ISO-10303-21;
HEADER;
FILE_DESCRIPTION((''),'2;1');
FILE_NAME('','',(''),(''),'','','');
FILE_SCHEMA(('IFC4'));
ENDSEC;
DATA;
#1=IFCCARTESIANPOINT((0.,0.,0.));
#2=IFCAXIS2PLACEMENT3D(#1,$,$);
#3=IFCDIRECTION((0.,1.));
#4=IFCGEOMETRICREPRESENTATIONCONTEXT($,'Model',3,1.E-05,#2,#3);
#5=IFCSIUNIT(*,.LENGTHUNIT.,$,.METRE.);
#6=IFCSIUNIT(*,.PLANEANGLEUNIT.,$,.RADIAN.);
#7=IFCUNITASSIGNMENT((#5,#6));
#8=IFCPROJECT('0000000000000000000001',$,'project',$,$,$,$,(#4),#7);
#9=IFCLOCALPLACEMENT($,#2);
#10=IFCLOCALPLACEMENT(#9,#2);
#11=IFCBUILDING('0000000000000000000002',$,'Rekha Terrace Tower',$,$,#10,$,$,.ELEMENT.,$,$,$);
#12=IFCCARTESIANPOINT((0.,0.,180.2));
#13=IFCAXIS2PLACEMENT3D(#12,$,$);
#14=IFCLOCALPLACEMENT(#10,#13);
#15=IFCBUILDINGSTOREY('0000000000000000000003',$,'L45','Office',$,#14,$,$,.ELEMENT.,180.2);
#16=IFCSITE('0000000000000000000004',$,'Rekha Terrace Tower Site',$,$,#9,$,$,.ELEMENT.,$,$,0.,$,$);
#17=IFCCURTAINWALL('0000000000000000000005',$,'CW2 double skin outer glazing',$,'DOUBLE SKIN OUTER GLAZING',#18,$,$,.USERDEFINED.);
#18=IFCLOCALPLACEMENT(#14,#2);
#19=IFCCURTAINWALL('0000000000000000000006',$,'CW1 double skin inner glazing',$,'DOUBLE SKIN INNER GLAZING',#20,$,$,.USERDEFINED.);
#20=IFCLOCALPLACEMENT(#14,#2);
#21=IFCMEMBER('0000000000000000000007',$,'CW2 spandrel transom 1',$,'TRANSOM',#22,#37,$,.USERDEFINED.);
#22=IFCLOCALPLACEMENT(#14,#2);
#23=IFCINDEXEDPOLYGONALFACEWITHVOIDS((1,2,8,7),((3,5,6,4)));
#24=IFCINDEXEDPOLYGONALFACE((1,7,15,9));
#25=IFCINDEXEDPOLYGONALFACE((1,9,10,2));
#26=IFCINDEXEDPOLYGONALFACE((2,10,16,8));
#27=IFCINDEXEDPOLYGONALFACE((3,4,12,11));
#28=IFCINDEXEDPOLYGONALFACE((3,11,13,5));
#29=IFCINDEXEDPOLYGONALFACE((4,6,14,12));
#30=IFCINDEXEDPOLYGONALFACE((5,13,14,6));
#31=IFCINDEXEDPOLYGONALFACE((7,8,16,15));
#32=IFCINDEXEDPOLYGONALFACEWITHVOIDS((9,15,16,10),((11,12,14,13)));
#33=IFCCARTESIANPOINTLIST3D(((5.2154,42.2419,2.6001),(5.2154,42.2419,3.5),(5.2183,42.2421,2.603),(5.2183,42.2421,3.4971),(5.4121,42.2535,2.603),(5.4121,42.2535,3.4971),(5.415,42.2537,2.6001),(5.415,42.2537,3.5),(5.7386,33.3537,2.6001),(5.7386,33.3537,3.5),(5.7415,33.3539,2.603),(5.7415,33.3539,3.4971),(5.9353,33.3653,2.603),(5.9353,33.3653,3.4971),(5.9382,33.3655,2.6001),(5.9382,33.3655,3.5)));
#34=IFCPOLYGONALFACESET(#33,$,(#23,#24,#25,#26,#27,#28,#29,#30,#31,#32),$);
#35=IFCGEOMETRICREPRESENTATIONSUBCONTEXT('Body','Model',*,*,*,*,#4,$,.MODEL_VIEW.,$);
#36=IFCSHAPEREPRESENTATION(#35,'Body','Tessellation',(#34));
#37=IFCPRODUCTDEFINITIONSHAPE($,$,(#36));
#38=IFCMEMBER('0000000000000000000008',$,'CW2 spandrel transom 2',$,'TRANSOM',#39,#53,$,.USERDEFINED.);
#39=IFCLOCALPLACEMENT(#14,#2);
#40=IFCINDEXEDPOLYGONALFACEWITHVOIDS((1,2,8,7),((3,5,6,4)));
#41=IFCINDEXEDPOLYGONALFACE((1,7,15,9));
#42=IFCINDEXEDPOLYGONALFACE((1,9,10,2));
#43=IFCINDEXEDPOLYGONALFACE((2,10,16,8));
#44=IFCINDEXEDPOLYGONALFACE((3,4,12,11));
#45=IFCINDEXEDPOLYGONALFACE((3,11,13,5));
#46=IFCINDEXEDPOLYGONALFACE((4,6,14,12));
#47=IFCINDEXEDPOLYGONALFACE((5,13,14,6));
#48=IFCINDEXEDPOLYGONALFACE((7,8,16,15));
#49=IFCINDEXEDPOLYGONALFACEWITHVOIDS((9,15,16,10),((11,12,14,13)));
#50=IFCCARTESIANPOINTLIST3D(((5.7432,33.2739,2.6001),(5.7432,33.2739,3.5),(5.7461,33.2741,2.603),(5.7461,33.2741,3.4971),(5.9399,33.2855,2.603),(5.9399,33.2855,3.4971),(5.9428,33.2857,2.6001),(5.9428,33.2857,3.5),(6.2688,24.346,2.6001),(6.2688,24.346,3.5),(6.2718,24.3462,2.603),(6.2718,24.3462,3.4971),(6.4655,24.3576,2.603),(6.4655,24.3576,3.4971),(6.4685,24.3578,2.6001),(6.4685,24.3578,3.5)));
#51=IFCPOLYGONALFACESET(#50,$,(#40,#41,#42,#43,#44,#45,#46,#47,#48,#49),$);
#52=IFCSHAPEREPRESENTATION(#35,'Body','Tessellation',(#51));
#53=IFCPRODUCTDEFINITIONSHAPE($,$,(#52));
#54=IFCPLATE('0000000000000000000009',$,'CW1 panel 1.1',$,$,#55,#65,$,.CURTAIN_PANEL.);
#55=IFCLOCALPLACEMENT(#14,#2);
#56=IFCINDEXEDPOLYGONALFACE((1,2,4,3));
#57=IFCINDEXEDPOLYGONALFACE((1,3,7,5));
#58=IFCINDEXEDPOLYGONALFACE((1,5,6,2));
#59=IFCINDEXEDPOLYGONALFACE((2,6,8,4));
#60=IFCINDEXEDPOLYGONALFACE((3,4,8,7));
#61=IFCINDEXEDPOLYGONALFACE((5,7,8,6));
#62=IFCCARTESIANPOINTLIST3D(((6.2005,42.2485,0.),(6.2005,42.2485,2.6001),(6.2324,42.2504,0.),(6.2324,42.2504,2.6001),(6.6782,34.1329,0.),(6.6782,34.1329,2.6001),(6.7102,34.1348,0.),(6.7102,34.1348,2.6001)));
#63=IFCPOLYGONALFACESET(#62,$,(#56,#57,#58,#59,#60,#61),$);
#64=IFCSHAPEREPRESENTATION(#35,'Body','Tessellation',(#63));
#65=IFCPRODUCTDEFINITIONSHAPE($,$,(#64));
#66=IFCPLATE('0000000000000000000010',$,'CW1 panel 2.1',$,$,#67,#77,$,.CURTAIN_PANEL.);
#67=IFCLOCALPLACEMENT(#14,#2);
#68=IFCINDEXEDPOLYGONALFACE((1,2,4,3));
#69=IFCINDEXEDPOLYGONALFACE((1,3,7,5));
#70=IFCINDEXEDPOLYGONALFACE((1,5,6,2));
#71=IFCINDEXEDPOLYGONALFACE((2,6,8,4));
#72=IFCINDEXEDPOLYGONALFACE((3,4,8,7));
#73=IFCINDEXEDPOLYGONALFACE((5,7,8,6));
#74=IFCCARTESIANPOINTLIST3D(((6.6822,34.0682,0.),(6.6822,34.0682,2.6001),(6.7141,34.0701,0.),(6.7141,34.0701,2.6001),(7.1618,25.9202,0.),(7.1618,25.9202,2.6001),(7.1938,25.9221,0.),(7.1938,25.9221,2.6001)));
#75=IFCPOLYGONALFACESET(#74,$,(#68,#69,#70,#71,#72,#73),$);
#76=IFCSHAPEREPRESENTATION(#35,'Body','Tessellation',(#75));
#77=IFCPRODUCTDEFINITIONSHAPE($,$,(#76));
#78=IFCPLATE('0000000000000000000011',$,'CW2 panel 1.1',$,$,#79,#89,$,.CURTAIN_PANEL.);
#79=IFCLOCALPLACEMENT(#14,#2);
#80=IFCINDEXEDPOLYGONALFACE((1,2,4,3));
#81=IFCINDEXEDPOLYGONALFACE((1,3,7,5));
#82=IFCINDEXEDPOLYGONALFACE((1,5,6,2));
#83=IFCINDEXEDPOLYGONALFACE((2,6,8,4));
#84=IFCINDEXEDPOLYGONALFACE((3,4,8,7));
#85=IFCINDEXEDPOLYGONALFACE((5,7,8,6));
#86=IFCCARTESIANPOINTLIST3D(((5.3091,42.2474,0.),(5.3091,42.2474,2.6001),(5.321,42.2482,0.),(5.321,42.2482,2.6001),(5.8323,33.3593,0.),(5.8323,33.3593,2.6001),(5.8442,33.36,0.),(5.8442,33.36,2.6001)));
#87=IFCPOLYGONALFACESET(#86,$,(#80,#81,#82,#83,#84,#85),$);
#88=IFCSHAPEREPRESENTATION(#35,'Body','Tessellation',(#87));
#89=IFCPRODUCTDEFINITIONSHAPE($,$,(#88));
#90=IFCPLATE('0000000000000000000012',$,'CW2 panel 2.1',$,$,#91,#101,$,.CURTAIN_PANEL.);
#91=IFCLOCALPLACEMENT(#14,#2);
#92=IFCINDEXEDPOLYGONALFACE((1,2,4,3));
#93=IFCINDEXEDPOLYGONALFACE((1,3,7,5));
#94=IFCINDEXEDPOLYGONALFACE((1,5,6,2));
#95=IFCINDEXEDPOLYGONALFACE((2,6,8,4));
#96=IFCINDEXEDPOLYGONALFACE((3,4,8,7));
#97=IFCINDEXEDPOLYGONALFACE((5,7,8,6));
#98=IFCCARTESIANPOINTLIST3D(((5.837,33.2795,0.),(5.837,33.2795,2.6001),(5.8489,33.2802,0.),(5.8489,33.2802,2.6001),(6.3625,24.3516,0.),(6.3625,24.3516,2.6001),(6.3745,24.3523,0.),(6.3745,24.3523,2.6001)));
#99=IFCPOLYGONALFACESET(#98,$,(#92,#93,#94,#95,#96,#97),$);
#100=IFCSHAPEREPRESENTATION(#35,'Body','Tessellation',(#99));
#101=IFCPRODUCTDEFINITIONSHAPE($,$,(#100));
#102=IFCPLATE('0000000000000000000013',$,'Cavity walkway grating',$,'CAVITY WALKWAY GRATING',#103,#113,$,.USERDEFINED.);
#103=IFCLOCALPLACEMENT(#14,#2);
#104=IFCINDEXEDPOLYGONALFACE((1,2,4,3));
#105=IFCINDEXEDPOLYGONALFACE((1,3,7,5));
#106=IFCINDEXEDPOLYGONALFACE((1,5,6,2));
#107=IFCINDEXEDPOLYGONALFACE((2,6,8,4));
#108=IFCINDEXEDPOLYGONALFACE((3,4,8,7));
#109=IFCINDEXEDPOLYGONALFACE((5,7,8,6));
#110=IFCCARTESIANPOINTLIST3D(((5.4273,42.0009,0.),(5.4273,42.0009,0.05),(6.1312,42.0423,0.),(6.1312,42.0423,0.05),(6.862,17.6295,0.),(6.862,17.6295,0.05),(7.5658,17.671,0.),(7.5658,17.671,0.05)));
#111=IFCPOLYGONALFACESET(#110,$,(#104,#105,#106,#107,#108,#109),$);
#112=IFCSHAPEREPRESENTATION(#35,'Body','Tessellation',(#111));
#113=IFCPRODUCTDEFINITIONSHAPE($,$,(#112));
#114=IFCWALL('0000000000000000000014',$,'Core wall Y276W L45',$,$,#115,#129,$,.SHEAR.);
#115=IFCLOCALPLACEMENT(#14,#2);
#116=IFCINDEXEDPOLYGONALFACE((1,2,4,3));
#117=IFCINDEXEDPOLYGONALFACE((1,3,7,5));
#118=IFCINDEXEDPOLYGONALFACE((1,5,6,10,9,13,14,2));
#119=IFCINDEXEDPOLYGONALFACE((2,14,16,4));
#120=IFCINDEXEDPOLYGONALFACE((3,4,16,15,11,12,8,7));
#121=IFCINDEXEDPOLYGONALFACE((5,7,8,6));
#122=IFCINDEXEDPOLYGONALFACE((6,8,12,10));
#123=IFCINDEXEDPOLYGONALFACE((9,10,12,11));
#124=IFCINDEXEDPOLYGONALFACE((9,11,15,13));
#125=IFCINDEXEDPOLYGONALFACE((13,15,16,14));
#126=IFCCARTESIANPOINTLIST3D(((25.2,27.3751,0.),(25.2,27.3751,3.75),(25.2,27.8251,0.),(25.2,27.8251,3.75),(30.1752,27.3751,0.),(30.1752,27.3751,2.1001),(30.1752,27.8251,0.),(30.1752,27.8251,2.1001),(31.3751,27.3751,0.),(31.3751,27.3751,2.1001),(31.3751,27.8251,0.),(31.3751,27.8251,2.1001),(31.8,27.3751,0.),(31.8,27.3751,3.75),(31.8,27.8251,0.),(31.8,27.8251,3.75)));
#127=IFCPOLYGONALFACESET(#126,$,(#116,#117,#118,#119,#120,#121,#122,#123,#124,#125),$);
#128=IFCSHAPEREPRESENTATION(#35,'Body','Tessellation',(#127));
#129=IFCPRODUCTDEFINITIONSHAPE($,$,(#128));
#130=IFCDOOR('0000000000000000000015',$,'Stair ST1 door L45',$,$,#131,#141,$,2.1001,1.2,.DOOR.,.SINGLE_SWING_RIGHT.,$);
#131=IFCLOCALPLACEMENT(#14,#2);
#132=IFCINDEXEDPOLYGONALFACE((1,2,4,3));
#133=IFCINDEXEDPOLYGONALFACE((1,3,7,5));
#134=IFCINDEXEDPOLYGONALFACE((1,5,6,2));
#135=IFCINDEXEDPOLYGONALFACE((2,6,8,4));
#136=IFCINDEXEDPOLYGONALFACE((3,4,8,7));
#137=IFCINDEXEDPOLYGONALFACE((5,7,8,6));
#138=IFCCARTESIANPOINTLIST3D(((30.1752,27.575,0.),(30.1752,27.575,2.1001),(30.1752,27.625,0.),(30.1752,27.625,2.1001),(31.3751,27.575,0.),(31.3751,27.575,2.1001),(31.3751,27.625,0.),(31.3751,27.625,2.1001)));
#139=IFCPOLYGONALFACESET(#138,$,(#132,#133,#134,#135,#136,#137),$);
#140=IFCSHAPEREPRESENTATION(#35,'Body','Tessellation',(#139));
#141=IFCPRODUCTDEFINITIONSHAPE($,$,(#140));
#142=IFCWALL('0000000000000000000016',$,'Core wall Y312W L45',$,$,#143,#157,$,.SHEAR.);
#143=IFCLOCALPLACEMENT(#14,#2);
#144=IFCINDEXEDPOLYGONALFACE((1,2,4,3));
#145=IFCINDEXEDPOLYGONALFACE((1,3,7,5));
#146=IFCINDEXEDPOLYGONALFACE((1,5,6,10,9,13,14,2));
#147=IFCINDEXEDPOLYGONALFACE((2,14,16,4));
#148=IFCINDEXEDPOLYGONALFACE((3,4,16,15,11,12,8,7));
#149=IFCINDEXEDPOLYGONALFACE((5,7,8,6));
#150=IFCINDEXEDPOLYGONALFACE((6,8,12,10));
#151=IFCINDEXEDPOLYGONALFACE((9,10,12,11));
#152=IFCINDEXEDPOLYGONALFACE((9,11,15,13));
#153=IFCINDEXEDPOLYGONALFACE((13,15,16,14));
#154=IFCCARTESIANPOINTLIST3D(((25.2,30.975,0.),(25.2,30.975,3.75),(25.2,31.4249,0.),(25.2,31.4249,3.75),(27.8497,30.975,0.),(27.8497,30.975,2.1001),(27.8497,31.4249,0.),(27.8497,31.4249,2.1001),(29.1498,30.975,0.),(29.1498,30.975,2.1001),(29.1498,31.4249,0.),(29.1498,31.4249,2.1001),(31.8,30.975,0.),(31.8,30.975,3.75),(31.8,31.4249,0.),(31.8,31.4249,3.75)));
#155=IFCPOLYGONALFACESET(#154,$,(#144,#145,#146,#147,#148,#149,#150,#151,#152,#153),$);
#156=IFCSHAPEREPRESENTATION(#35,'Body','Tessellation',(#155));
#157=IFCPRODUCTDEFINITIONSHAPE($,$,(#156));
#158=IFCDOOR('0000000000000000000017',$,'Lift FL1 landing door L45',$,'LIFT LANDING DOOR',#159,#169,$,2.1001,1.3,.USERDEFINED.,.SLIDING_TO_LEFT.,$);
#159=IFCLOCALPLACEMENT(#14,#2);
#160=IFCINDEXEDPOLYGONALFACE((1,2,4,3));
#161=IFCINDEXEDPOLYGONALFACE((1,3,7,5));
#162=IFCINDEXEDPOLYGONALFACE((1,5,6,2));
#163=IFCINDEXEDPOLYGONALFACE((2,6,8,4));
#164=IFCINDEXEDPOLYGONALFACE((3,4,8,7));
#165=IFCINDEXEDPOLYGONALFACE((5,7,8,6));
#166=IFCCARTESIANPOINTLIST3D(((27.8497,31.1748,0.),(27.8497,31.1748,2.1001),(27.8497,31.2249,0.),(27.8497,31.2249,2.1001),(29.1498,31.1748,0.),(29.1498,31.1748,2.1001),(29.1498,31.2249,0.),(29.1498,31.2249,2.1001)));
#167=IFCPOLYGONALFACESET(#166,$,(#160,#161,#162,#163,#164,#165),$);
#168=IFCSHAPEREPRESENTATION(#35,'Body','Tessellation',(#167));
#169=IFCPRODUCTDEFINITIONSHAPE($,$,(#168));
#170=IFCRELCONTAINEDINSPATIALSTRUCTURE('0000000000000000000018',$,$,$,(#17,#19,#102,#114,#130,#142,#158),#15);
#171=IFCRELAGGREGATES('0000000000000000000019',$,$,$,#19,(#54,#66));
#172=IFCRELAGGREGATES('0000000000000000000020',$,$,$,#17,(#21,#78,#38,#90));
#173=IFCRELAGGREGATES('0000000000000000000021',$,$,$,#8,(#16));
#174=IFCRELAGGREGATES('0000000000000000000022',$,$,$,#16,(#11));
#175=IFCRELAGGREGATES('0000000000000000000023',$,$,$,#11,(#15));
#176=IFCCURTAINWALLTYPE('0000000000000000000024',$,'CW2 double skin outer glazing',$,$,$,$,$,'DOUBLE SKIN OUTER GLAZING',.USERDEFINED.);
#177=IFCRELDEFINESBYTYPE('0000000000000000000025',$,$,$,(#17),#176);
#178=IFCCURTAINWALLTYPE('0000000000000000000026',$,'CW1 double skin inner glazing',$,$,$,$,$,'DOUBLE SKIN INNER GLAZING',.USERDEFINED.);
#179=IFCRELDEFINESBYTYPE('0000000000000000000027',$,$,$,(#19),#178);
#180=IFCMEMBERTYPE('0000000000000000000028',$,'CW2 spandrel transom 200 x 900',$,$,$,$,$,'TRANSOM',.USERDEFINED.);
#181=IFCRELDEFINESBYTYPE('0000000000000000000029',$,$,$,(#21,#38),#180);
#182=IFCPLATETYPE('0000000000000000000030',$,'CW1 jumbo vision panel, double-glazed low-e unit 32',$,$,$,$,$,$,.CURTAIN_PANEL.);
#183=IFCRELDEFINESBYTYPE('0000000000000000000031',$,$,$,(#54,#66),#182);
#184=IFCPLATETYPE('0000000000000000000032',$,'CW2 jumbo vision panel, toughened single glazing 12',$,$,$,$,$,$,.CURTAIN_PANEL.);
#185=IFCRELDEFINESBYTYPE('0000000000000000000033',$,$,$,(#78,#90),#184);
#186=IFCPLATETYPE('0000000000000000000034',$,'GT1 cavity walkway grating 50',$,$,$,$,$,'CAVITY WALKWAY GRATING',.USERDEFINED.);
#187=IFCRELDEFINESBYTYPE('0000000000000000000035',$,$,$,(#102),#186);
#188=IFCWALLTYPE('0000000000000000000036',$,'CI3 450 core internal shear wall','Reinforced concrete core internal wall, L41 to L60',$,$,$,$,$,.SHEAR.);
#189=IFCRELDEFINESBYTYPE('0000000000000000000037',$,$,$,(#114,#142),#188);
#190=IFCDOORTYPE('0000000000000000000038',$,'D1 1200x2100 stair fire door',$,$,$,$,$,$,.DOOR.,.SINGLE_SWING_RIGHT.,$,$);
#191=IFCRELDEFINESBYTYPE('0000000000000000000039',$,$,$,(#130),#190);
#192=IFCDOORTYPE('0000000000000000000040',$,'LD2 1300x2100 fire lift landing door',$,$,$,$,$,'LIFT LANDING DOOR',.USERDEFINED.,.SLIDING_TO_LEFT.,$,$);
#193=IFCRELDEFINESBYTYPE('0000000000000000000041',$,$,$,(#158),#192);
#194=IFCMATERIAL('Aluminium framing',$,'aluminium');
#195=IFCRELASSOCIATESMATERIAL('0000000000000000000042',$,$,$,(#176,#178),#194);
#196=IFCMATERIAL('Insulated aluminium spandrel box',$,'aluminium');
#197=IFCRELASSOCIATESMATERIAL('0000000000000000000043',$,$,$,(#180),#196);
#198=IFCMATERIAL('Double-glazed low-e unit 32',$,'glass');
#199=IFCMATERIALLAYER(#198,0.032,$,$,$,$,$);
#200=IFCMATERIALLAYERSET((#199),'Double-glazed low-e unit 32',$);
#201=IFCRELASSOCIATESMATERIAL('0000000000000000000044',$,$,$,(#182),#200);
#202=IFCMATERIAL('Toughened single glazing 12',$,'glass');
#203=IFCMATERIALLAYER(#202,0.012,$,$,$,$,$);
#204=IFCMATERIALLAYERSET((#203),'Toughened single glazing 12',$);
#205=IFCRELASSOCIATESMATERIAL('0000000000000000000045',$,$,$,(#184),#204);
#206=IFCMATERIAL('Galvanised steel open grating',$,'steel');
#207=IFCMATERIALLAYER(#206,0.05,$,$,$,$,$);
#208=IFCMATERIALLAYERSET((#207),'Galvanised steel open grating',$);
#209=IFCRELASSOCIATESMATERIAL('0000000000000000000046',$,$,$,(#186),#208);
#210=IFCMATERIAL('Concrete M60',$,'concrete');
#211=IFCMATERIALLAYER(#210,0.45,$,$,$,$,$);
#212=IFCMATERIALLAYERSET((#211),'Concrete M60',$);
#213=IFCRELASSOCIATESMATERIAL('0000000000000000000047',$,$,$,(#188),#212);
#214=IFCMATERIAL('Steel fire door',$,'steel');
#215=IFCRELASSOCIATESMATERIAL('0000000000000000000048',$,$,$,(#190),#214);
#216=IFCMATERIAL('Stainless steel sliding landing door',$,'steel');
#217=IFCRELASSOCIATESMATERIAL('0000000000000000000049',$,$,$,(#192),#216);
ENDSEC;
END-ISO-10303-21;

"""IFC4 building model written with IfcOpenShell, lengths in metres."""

from ifc_helpers import new_model, si_unit, direction, frame, frame_2d, origin, origin_2d, place, context, subcontext, project, spatial, rectangle, hollow_rectangle, extrude, material, layer, layer_set, material_profile, profile_set, type_object, element, fill, aggregate, save


model = new_model("IFC4")

# Units and contexts
model_context = context("Model", 3, precision=1e-05, world=origin(), true_north=direction((0.0, 1.0)))
body_context = subcontext(model_context, "Body", "Model", "MODEL_VIEW")
ifc_project = project(units=[si_unit("LENGTHUNIT", "METRE"), si_unit("PLANEANGLEUNIT", "RADIAN")], contexts=[model_context])

# Site, building, storey
site_placement = place(None, origin())
site = spatial("IfcSite", under=ifc_project, at=site_placement, Name="Rekha Terrace Tower Site", CompositionType="ELEMENT", RefElevation=0.0)
building_placement = place(site_placement, origin())
building = spatial("IfcBuilding", under=site, at=building_placement, Name="Rekha Terrace Tower", CompositionType="ELEMENT")
storey_placement = place(building_placement, frame((0.0, 0.0, 180.2)))
storey = spatial("IfcBuildingStorey", under=building, at=storey_placement, Name="L45", Description="Office", CompositionType="ELEMENT", Elevation=180.2)

# Curtain wall
ifc_material_1 = material(Name="Aluminium framing", Category="aluminium")
curtain_wall_type_1 = type_object("IfcCurtainWallType", Name="CW2 double skin outer glazing", ElementType="DOUBLE SKIN OUTER GLAZING", PredefinedType="USERDEFINED", material=ifc_material_1)
curtain_wall_1_placement = place(storey_placement, origin())
curtain_wall_1 = element("IfcCurtainWall", 1, at=curtain_wall_1_placement, inside=storey, type_object=curtain_wall_type_1, Name="CW2 double skin outer glazing", ObjectType="DOUBLE SKIN OUTER GLAZING", PredefinedType="USERDEFINED")

# Curtain wall
curtain_wall_type_2 = type_object("IfcCurtainWallType", Name="CW1 double skin inner glazing", ElementType="DOUBLE SKIN INNER GLAZING", PredefinedType="USERDEFINED", material=ifc_material_1)
curtain_wall_2_placement = place(storey_placement, origin())
curtain_wall_2 = element("IfcCurtainWall", 2, at=curtain_wall_2_placement, inside=storey, type_object=curtain_wall_type_2, Name="CW1 double skin inner glazing", ObjectType="DOUBLE SKIN INNER GLAZING", PredefinedType="USERDEFINED")
ifc_material_2 = material(Name="Insulated aluminium spandrel box", Category="aluminium")

# Members
ifc_material_profile_1 = material_profile(ifc_material_2, hollow_rectangle(XDim=0.2, YDim=0.8999, WallThickness=0.0029, at=origin_2d()), Name="AL SPANDREL BOX 200x900")
ifc_profile_set_1 = profile_set([ifc_material_profile_1], Name="Insulated aluminium spandrel box")
member_type_1 = type_object("IfcMemberType", Name="CW2 spandrel transom 200 x 900", ElementType="TRANSOM", PredefinedType="USERDEFINED", material=ifc_profile_set_1)
member_1_placement = place(storey_placement, frame((5.3152, 42.2478, 3.05), z_axis=(0.058762, -0.998272, 0.0), x_axis=(0.998272, 0.058762, 0.0)))
member_1 = element("IfcMember", 3, at=member_1_placement, type_object=member_type_1, Name="CW2 spandrel transom 1", ObjectType="TRANSOM", PredefinedType="USERDEFINED", context=body_context, shape_type="SweptSolid", body=[
    extrude(hollow_rectangle(XDim=0.2, YDim=0.8999, WallThickness=0.0029, at=origin_2d()), origin(), (0.0, 0.0, 1.0), 8.9036),
])
member_2_placement = place(storey_placement, frame((5.843, 33.2798, 3.05), z_axis=(0.058773, -0.998271, 0.0), x_axis=(0.998271, 0.058773, 0.0)))
member_2 = element("IfcMember", 4, at=member_2_placement, type_object=member_type_1, Name="CW2 spandrel transom 2", ObjectType="TRANSOM", PredefinedType="USERDEFINED", context=body_context, shape_type="SweptSolid", body=[
    extrude(hollow_rectangle(XDim=0.2, YDim=0.8999, WallThickness=0.0029, at=origin_2d()), origin(), (0.0, 0.0, 1.0), 8.9434),
])

# Plates
ifc_material_3 = material(Name="Double-glazed low-e unit 32", Category="glass")
ifc_layer_1 = layer(ifc_material_3, 0.032)
ifc_layer_set_1 = layer_set([ifc_layer_1], Name="Double-glazed low-e unit 32")
plate_type_1 = type_object("IfcPlateType", Name="CW1 jumbo vision panel, double-glazed low-e unit 32", PredefinedType="CURTAIN_PANEL", material=ifc_layer_set_1)
plate_1_placement = place(storey_placement, frame((6.4553, 38.1917, 0.0), z_axis=(0.0, 0.0, 1.0), x_axis=(0.058765, -0.998272, 0.0)))
plate_1 = element("IfcPlate", 5, at=plate_1_placement, type_object=plate_type_1, Name="CW1 panel 1.1", PredefinedType="CURTAIN_PANEL", context=body_context, shape_type="SweptSolid", body=[
    extrude(rectangle(XDim=8.1296, YDim=0.032, at=origin_2d()), origin(), (0.0, 0.0, 1.0), 2.6001),
])
plate_2_placement = place(storey_placement, frame((6.938, 29.9951, 0.0), z_axis=(0.0, 0.0, 1.0), x_axis=(0.058765, -0.998272, 0.0)))
plate_2 = element("IfcPlate", 6, at=plate_2_placement, type_object=plate_type_1, Name="CW1 panel 2.1", PredefinedType="CURTAIN_PANEL", context=body_context, shape_type="SweptSolid", body=[
    extrude(rectangle(XDim=8.1621, YDim=0.032, at=origin_2d()), origin(), (0.0, 0.0, 1.0), 2.6001),
])
aggregate(curtain_wall_2, [plate_1, plate_2])
ifc_material_4 = material(Name="Toughened single glazing 12", Category="glass")
ifc_layer_2 = layer(ifc_material_4, 0.012)
ifc_layer_set_2 = layer_set([ifc_layer_2], Name="Toughened single glazing 12")
plate_type_2 = type_object("IfcPlateType", Name="CW2 jumbo vision panel, toughened single glazing 12", PredefinedType="CURTAIN_PANEL", material=ifc_layer_set_2)
plate_3_placement = place(storey_placement, frame((5.5767, 37.8037, 0.0), z_axis=(0.0, 0.0, 1.0), x_axis=(0.058765, -0.998272, 0.0)))
plate_3 = element("IfcPlate", 7, at=plate_3_placement, type_object=plate_type_2, Name="CW2 panel 1.1", PredefinedType="CURTAIN_PANEL", context=body_context, shape_type="SweptSolid", body=[
    extrude(rectangle(XDim=8.9036, YDim=0.012, at=origin_2d()), origin(), (0.0, 0.0, 1.0), 2.6001),
])
plate_4_placement = place(storey_placement, frame((6.1057, 28.8159, 0.0), z_axis=(0.0, 0.0, 1.0), x_axis=(0.058765, -0.998272, 0.0)))
plate_4 = element("IfcPlate", 8, at=plate_4_placement, type_object=plate_type_2, Name="CW2 panel 2.1", PredefinedType="CURTAIN_PANEL", context=body_context, shape_type="SweptSolid", body=[
    extrude(rectangle(XDim=8.9434, YDim=0.012, at=origin_2d()), origin(), (0.0, 0.0, 1.0), 2.6001),
])
aggregate(curtain_wall_1, [member_1, plate_3, member_2, plate_4])
ifc_material_5 = material(Name="Galvanised steel open grating", Category="steel")
ifc_layer_3 = layer(ifc_material_5, 0.05)
ifc_layer_set_3 = layer_set([ifc_layer_3], Name="Galvanised steel open grating")
plate_type_3 = type_object("IfcPlateType", Name="GT1 cavity walkway grating 50", ElementType="CAVITY WALKWAY GRATING", PredefinedType="USERDEFINED", material=ifc_layer_set_3)
plate_5_placement = place(storey_placement, frame((6.4966, 29.8359, 0.0), z_axis=(0.0, 0.0, 1.0), x_axis=(0.058765, -0.998272, 0.0)))
element("IfcPlate", 9, at=plate_5_placement, inside=storey, type_object=plate_type_3, Name="Cavity walkway grating", ObjectType="CAVITY WALKWAY GRATING", PredefinedType="USERDEFINED", context=body_context, shape_type="SweptSolid", body=[
    extrude(rectangle(XDim=24.4136, YDim=0.7051, at=origin_2d()), origin(), (0.0, 0.0, 1.0), 0.05),
])

# Walls, openings, doors
ifc_material_6 = material(Name="Concrete M60", Category="concrete")
ifc_layer_4 = layer(ifc_material_6, 0.45)
ifc_layer_set_4 = layer_set([ifc_layer_4], Name="Concrete M60")
wall_type_1 = type_object("IfcWallType", Name="CI3 450 core internal shear wall", Description="Reinforced concrete core internal wall, L41 to L60", PredefinedType="SHEAR", material=ifc_layer_set_4)
wall_1_placement = place(storey_placement, frame((25.2, 27.6001, 0.0), z_axis=(0.0, 0.0, 1.0), x_axis=(1.0, 0.0, 0.0)))
wall_1 = element("IfcWall", 10, at=wall_1_placement, inside=storey, type_object=wall_type_1, Name="Core wall Y276W L45", PredefinedType="SHEAR", context=body_context, shape_type="SweptSolid", body=[
    extrude(rectangle(XDim=6.6001, YDim=0.45, at=frame_2d((3.3, 0.0))), origin(), (0.0, 0.0, 1.0), 3.75),
])
opening_1_placement = place(wall_1_placement, frame((4.9751, 0.0, 0.0)))
opening_1 = element("IfcOpeningElement", 11, at=opening_1_placement, cuts=wall_1, PredefinedType="OPENING", context=body_context, shape_type="SweptSolid", body=[
    extrude(rectangle(XDim=1.2, YDim=2.1001, at=frame_2d((0.6001, 1.05))), frame((0.0, 0.2349, 0.0), z_axis=(0.0, -1.0, 0.0), x_axis=(1.0, 0.0, 0.0)), (0.0, 0.0, 1.0), 0.47),
])
ifc_material_7 = material(Name="Steel fire door", Category="steel")
door_type_1 = type_object("IfcDoorType", Name="D1 1200x2100 stair fire door", OperationType="SINGLE_SWING_RIGHT", PredefinedType="DOOR", material=ifc_material_7)
door_1_placement = place(opening_1_placement, origin())
door_1 = element("IfcDoor", 12, at=door_1_placement, inside=storey, type_object=door_type_1, Name="Stair ST1 door L45", OperationType="SINGLE_SWING_RIGHT", OverallHeight=2.1001, OverallWidth=1.2, PredefinedType="DOOR", context=body_context, shape_type="SweptSolid", body=[
    extrude(rectangle(XDim=1.2, YDim=2.1001, at=frame_2d((0.6001, 1.05))), frame((0.0, 0.0249, 0.0), z_axis=(0.0, -1.0, 0.0), x_axis=(1.0, 0.0, 0.0)), (0.0, 0.0, 1.0), 0.05),
])
fill(opening_1, door_1)
wall_2_placement = place(storey_placement, frame((25.2, 31.2, 0.0), z_axis=(0.0, 0.0, 1.0), x_axis=(1.0, 0.0, 0.0)))
wall_2 = element("IfcWall", 13, at=wall_2_placement, inside=storey, type_object=wall_type_1, Name="Core wall Y312W L45", PredefinedType="SHEAR", context=body_context, shape_type="SweptSolid", body=[
    extrude(rectangle(XDim=6.6001, YDim=0.45, at=frame_2d((3.3, 0.0))), origin(), (0.0, 0.0, 1.0), 3.75),
])
opening_2_placement = place(wall_2_placement, frame((2.6499, 0.0, 0.0)))
opening_2 = element("IfcOpeningElement", 14, at=opening_2_placement, cuts=wall_2, PredefinedType="OPENING", context=body_context, shape_type="SweptSolid", body=[
    extrude(rectangle(XDim=1.3, YDim=2.1001, at=frame_2d((0.6499, 1.05))), frame((0.0, 0.2349, 0.0), z_axis=(0.0, -1.0, 0.0), x_axis=(1.0, 0.0, 0.0)), (0.0, 0.0, 1.0), 0.47),
])
ifc_material_8 = material(Name="Stainless steel sliding landing door", Category="steel")
door_type_2 = type_object("IfcDoorType", Name="LD2 1300x2100 fire lift landing door", ElementType="LIFT LANDING DOOR", OperationType="SLIDING_TO_LEFT", PredefinedType="USERDEFINED", material=ifc_material_8)
door_2_placement = place(opening_2_placement, origin())
door_2 = element("IfcDoor", 15, at=door_2_placement, inside=storey, type_object=door_type_2, Name="Lift FL1 landing door L45", ObjectType="LIFT LANDING DOOR", OperationType="SLIDING_TO_LEFT", OverallHeight=2.1001, OverallWidth=1.3, PredefinedType="USERDEFINED", context=body_context, shape_type="SweptSolid", body=[
    extrude(rectangle(XDim=1.3, YDim=2.1001, at=frame_2d((0.6499, 1.05))), frame((0.0, 0.0249, 0.0), z_axis=(0.0, -1.0, 0.0), x_axis=(1.0, 0.0, 0.0)), (0.0, 0.0, 1.0), 0.05),
])
fill(opening_2, door_2)

save(model, "model.ifc")
